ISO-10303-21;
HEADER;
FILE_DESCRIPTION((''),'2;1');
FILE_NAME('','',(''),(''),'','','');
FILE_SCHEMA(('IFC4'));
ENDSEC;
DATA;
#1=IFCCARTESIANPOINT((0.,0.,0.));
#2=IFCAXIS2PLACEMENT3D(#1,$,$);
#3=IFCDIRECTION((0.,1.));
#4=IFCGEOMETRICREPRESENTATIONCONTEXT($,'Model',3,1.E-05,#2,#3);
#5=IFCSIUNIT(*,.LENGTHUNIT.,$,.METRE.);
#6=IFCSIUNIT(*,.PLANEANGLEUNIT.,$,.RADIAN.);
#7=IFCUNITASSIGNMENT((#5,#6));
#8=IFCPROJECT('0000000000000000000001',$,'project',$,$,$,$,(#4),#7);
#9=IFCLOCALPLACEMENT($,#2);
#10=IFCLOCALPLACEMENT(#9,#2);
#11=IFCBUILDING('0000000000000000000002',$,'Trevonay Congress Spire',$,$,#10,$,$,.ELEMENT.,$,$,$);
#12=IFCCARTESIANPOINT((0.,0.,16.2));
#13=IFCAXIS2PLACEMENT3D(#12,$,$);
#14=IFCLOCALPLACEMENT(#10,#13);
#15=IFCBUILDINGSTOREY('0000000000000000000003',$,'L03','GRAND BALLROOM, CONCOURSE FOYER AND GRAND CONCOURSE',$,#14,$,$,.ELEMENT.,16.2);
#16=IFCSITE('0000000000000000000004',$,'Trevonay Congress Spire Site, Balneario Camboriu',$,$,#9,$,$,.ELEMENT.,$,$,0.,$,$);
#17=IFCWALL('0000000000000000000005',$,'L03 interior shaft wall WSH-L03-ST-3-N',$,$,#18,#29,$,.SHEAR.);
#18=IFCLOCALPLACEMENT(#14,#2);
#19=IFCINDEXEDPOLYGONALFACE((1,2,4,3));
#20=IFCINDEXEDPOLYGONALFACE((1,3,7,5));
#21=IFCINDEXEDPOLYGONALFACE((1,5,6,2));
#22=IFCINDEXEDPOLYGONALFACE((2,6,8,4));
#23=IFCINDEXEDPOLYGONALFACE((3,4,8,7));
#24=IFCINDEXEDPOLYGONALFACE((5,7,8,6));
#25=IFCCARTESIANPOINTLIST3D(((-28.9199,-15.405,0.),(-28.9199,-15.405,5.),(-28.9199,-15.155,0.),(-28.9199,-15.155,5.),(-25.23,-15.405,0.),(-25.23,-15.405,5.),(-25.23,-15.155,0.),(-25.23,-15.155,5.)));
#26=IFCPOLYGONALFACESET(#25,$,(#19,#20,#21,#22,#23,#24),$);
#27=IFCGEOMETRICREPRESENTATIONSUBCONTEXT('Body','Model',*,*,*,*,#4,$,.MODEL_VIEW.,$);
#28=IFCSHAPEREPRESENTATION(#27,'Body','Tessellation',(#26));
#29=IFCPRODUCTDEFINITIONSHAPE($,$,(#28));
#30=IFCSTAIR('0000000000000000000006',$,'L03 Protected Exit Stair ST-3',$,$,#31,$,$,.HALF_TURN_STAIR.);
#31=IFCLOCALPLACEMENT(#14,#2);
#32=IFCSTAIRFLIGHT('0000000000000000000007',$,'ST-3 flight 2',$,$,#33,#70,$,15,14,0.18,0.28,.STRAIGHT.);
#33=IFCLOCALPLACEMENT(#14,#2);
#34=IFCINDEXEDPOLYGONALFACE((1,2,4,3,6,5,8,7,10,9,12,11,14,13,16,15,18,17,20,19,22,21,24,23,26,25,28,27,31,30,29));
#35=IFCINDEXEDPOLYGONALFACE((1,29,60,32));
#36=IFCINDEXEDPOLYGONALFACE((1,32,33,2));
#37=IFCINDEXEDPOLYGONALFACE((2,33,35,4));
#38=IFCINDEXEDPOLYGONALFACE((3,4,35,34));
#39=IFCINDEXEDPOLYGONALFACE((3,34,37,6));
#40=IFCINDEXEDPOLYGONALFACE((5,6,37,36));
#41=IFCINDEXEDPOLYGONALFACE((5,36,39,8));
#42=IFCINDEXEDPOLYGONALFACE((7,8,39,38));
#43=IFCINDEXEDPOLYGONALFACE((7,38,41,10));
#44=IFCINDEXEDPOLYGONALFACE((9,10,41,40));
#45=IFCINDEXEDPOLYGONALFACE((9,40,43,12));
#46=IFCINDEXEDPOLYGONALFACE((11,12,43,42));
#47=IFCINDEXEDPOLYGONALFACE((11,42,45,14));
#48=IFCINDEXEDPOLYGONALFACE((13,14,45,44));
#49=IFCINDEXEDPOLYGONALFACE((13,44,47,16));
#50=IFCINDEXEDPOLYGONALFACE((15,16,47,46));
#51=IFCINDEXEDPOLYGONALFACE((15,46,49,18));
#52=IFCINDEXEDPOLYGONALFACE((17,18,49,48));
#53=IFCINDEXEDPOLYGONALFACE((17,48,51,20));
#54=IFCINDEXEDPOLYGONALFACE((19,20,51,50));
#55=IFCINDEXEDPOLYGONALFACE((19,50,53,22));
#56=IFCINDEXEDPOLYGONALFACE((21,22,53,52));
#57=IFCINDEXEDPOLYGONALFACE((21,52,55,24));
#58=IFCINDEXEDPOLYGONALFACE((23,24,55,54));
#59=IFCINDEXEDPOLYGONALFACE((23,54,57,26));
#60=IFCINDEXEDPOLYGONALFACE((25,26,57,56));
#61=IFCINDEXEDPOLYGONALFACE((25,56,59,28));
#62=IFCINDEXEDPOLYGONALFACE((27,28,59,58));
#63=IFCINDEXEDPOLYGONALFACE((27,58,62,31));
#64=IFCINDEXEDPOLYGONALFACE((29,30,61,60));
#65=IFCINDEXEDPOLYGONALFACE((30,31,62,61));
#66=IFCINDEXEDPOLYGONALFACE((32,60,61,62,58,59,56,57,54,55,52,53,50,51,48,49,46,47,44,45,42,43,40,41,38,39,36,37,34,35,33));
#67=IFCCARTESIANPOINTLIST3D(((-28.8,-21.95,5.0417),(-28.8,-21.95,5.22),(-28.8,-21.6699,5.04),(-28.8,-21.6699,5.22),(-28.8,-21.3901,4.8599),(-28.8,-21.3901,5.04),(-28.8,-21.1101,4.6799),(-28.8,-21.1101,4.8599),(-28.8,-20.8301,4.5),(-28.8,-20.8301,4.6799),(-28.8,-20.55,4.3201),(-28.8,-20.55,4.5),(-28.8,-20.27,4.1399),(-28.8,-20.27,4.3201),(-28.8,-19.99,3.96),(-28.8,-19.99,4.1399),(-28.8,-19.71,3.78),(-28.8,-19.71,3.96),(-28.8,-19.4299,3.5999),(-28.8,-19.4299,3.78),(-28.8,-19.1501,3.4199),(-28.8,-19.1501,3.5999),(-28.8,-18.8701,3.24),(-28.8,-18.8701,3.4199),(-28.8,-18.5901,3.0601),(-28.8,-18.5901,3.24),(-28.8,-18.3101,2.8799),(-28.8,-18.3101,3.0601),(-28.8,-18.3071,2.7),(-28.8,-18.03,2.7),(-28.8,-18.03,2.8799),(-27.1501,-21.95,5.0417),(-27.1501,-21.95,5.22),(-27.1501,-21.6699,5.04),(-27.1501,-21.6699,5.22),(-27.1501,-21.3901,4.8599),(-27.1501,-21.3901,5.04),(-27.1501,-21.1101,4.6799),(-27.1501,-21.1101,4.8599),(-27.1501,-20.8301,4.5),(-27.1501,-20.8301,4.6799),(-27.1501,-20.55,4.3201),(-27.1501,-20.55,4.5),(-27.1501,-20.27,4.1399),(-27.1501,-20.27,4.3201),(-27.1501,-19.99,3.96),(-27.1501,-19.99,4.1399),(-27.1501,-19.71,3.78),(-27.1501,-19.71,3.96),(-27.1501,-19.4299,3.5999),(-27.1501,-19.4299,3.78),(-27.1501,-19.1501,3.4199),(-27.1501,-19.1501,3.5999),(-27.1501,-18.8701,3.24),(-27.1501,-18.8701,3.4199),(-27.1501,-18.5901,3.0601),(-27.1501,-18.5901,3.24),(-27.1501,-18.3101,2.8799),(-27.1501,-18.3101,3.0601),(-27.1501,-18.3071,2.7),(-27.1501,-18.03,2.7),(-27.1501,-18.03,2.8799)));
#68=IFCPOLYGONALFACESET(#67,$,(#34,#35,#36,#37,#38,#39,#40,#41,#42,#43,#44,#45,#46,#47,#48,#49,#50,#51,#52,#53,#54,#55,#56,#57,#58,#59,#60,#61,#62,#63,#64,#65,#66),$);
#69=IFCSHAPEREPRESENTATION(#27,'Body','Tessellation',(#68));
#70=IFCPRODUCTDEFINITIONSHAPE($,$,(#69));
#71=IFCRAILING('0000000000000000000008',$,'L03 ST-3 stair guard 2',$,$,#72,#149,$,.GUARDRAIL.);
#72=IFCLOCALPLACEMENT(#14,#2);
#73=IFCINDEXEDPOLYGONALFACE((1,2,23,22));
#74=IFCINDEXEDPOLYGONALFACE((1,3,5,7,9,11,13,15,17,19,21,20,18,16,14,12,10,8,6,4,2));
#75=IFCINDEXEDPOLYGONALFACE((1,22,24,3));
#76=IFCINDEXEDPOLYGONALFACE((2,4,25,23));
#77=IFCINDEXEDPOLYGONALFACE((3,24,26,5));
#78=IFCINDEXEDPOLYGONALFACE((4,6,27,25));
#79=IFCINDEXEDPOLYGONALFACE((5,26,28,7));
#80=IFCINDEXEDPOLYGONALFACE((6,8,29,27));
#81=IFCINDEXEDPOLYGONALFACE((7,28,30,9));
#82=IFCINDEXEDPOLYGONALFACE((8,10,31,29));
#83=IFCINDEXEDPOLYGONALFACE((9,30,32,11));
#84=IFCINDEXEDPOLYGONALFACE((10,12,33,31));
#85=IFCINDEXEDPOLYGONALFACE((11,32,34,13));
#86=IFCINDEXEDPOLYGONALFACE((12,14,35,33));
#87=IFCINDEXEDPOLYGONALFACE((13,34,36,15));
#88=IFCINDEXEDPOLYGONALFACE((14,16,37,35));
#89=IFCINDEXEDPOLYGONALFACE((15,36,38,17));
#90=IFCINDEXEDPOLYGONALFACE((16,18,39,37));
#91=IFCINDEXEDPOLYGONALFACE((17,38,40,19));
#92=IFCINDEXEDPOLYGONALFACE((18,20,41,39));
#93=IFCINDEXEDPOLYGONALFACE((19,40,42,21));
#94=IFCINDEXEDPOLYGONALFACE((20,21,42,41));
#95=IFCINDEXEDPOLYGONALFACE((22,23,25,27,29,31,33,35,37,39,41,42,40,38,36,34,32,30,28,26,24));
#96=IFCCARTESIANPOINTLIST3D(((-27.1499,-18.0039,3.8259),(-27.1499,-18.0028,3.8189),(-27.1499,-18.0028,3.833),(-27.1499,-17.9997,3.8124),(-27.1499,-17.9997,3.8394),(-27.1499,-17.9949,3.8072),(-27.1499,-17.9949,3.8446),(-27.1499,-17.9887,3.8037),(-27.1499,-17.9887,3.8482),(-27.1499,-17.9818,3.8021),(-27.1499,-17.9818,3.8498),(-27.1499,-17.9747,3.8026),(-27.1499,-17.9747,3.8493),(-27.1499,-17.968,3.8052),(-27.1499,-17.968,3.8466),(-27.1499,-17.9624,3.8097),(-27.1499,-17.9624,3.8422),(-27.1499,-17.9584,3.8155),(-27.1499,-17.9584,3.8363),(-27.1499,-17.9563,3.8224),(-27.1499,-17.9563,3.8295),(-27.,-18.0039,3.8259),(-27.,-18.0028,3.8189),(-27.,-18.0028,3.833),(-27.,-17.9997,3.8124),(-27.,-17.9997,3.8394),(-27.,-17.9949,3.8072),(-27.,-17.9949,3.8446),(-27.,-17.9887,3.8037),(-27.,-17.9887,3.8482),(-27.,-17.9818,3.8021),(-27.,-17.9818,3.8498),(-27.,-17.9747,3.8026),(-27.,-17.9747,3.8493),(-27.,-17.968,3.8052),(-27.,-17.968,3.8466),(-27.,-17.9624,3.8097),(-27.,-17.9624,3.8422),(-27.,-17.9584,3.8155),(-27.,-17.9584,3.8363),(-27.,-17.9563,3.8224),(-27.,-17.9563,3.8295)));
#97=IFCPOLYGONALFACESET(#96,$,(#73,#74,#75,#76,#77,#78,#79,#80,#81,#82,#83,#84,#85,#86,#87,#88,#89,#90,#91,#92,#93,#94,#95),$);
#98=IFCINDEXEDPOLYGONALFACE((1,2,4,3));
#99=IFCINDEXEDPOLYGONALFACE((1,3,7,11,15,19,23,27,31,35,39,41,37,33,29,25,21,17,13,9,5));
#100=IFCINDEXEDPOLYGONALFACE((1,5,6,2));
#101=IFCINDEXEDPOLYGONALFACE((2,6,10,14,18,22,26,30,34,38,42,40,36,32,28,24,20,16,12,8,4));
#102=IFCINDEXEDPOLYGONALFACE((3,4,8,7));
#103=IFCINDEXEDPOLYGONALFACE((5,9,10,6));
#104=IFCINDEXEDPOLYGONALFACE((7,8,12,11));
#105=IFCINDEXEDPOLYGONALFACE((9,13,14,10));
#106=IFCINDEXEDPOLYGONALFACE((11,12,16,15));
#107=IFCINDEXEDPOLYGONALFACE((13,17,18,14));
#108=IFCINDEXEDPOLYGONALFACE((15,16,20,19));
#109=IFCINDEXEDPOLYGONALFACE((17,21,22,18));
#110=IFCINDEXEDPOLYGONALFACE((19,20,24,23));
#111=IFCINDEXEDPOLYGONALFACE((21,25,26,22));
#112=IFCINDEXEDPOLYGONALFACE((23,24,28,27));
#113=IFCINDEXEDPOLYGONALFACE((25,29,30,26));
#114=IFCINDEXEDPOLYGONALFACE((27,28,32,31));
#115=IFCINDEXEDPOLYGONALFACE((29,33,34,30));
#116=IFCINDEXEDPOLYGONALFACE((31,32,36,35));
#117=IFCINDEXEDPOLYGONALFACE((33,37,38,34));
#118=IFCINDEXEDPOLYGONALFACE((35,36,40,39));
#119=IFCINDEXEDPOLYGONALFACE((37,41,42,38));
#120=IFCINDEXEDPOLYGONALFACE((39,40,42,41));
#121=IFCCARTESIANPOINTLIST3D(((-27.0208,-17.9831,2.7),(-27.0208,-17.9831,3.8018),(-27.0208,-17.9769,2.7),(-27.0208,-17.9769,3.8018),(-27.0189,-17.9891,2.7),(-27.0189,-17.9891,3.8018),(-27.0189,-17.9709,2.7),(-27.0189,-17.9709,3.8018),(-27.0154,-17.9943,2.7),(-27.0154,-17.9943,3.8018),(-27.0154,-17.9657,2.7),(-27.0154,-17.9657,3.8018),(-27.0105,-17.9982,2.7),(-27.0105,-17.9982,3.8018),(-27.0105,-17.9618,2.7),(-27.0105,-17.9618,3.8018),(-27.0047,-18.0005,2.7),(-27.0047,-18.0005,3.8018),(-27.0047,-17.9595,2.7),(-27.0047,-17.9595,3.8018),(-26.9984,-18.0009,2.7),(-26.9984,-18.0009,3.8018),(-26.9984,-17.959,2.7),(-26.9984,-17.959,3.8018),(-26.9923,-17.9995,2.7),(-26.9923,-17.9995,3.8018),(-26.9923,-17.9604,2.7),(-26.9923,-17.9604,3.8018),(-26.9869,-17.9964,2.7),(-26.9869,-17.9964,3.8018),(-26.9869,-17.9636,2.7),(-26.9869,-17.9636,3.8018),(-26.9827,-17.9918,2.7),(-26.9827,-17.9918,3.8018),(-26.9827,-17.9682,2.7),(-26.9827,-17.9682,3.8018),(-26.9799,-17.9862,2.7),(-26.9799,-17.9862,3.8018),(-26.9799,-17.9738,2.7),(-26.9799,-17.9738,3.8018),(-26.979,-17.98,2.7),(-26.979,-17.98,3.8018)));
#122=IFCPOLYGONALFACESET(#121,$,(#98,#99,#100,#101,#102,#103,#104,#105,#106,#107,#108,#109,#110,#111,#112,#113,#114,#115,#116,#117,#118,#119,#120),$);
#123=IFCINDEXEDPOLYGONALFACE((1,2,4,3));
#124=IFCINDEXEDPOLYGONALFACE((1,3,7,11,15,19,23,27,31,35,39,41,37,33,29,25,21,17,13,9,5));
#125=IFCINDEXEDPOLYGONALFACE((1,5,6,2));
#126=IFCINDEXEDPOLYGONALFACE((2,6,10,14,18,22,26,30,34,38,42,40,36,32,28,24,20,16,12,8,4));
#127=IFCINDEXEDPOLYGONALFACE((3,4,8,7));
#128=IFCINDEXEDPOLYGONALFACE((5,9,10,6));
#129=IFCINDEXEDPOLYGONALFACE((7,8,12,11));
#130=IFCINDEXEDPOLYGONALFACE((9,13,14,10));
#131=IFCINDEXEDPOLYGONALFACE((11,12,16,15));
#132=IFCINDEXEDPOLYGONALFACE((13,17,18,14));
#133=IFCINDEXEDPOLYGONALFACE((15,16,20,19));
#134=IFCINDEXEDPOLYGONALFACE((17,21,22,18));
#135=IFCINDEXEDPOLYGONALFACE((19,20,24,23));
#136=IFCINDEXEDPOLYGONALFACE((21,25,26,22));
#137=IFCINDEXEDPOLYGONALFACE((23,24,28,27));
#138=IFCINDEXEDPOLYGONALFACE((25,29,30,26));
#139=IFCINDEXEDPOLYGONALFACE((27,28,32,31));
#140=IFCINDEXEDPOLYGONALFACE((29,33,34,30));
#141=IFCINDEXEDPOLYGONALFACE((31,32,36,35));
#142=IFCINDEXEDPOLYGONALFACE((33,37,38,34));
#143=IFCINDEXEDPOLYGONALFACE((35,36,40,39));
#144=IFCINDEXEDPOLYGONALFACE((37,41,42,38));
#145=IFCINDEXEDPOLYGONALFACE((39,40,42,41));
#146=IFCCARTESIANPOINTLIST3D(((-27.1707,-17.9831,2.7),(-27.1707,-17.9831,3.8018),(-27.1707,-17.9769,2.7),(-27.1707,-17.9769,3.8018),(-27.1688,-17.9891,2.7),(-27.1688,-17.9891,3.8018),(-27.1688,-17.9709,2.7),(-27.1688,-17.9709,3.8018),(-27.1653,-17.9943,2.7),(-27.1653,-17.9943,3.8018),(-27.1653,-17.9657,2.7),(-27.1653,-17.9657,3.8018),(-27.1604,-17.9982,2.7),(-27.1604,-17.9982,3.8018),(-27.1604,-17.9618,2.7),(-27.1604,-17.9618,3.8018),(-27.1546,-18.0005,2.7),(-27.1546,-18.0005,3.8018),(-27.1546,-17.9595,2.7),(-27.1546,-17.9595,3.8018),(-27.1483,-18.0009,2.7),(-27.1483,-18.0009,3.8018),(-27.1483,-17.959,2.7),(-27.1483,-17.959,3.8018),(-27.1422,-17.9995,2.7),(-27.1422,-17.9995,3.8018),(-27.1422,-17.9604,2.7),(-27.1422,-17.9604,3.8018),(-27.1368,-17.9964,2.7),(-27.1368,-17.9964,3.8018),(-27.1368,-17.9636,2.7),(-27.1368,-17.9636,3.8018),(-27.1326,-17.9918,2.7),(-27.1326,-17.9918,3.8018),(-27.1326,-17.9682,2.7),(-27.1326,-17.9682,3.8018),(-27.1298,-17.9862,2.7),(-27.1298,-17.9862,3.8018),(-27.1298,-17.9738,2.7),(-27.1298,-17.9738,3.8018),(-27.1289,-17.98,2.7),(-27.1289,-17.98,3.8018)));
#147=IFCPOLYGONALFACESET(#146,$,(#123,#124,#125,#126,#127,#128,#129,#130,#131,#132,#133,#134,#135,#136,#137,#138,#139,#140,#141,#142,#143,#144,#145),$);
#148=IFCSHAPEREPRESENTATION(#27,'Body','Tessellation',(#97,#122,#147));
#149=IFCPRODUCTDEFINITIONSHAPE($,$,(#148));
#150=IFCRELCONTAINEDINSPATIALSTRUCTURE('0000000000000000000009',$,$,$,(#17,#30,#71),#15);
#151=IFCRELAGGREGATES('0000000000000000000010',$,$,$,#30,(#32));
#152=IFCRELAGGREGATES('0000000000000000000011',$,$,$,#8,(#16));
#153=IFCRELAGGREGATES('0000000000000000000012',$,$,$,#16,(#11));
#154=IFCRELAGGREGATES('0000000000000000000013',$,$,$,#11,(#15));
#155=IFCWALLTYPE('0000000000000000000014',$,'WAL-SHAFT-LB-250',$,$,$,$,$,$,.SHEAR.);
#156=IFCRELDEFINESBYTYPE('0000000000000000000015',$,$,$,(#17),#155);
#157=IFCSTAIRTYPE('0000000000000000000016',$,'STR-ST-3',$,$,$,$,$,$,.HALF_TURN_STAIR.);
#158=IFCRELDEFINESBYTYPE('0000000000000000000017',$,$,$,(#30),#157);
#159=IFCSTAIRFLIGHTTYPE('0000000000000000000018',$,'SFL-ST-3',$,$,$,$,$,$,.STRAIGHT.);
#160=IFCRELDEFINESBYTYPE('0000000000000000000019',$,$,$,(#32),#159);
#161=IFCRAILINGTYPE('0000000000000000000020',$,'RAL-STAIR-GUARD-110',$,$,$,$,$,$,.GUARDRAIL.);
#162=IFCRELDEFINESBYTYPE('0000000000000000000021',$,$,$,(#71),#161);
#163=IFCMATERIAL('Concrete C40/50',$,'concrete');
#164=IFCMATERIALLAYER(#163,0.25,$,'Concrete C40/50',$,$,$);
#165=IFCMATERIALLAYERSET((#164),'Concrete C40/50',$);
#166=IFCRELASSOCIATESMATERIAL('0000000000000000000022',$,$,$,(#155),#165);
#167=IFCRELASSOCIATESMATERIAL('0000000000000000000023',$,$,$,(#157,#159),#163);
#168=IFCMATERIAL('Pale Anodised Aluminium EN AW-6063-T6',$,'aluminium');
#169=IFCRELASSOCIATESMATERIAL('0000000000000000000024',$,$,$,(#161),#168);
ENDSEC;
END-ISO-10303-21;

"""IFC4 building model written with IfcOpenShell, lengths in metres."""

from ifc_helpers import new_model, si_unit, direction, frame, frame_2d, origin, origin_2d, place, context, subcontext, project, spatial, polyline, rectangle, circle, outline, extrude, material, layer, layer_set, type_object, element, aggregate, save


model = new_model("IFC4")

# Units and contexts
model_context = context("Model", 3, precision=1e-05, world=origin(), true_north=direction((0.0, 1.0)))
body_context = subcontext(model_context, "Body", "Model", "MODEL_VIEW")
ifc_project = project(units=[si_unit("LENGTHUNIT", "METRE"), si_unit("PLANEANGLEUNIT", "RADIAN")], contexts=[model_context])

# Site, building, storey
site_placement = place(None, origin())
site = spatial("IfcSite", under=ifc_project, at=site_placement, Name="Trevonay Congress Spire Site, Balneario Camboriu", CompositionType="ELEMENT", RefElevation=0.0)
building_placement = place(site_placement, origin())
building = spatial("IfcBuilding", under=site, at=building_placement, Name="Trevonay Congress Spire", CompositionType="ELEMENT")
storey_placement = place(building_placement, frame((0.0, 0.0, 16.2)))
storey = spatial("IfcBuildingStorey", under=building, at=storey_placement, Name="L03", Description="GRAND BALLROOM, CONCOURSE FOYER AND GRAND CONCOURSE", CompositionType="ELEMENT", Elevation=16.2)

# Shared definitions
ifc_material_1 = material(Name="Pale Anodised Aluminium EN AW-6063-T6", Category="aluminium")

# Wall
ifc_material_2 = material(Name="Concrete C40/50", Category="concrete")
ifc_layer_1 = layer(ifc_material_2, 0.25, Name="Concrete C40/50")
ifc_layer_set_1 = layer_set([ifc_layer_1], Name="Concrete C40/50")
wall_type = type_object("IfcWallType", Name="WAL-SHAFT-LB-250", PredefinedType="SHEAR", material=ifc_layer_set_1)
wall_placement = place(storey_placement, frame((-28.9199, -15.28, 0.0), z_axis=(0.0, 0.0, 1.0), x_axis=(1.0, 0.0, 0.0)))
element("IfcWall", 1, at=wall_placement, inside=storey, type_object=wall_type, Name="L03 interior shaft wall WSH-L03-ST-3-N", PredefinedType="SHEAR", context=body_context, shape_type="SweptSolid", body=[
    extrude(rectangle(XDim=3.6899, YDim=0.25, at=frame_2d((1.845, 0.0))), origin(), (0.0, 0.0, 1.0), 5.0),
])

# Stair, stair flight
stair_type = type_object("IfcStairType", Name="STR-ST-3", PredefinedType="HALF_TURN_STAIR", material=ifc_material_2)
stair_placement = place(storey_placement, origin())
stair = element("IfcStair", 2, at=stair_placement, inside=storey, type_object=stair_type, Name="L03 Protected Exit Stair ST-3", PredefinedType="HALF_TURN_STAIR")
stair_flight_type = type_object("IfcStairFlightType", Name="SFL-ST-3", PredefinedType="STRAIGHT", material=ifc_material_2)
stair_flight_placement = place(storey_placement, frame((-27.9751, -18.03, 2.7), z_axis=(0.0, 0.0, 1.0), x_axis=(0.0, -1.0, 0.0)))
stair_flight = element("IfcStairFlight", 3, at=stair_flight_placement, type_object=stair_flight_type, Name="ST-3 flight 2", NumberOfRisers=15, NumberOfTreads=14, PredefinedType="STRAIGHT", RiserHeight=0.18, TreadLength=0.28, context=body_context, shape_type="SweptSolid", body=[
    extrude(outline(polyline([(0.0, 0.0), (0.0, 0.1799), (0.28, 0.1799), (0.28, 0.3601), (0.5601, 0.3601), (0.5601, 0.54), (0.8401, 0.54), (0.8401, 0.72), (1.1201, 0.72), (1.1201, 0.8999), (1.3999, 0.8999), (1.3999, 1.0801), (1.6799, 1.0801), (1.6799, 1.26), (1.96, 1.26), (1.96, 1.4399), (2.24, 1.4399), (2.24, 1.6201), (2.52, 1.6201), (2.52, 1.8), (2.8, 1.8), (2.8, 1.98), (3.0801, 1.98), (3.0801, 2.1599), (3.3601, 2.1599), (3.3601, 2.3401), (3.6399, 2.3401), (3.6399, 2.52), (3.9199, 2.52), (3.9199, 2.7), (3.9199, 2.3418), (0.2771, 0.0), (0.0, 0.0)])), frame((0.0, 0.825, 0.0), z_axis=(0.0, -1.0, 0.0), x_axis=(1.0, 0.0, 0.0)), (0.0, 0.0, 1.0), 1.6499),
])
aggregate(stair, [stair_flight])

# Railing
railing_type = type_object("IfcRailingType", Name="RAL-STAIR-GUARD-110", PredefinedType="GUARDRAIL", material=ifc_material_1)
railing_1_placement = place(storey_placement, frame((-27.0, -17.98, 2.7)))
element("IfcRailing", 4, at=railing_1_placement, inside=storey, type_object=railing_type, Name="L03 ST-3 stair guard 2", PredefinedType="GUARDRAIL", context=body_context, shape_type="SweptSolid", body=[
    extrude(circle(Radius=0.0239, at=origin_2d()), frame((0.0, 0.0, 1.126), z_axis=(-1.0, 0.0, 0.0), x_axis=(0.0, -1.0, 0.0)), (0.0, 0.0, 1.0), 0.1499),
    extrude(circle(Radius=0.021, at=origin_2d()), origin(), (0.0, 0.0, 1.0), 1.1018),
    extrude(circle(Radius=0.021, at=origin_2d()), frame((-0.1499, 0.0, 0.0)), (0.0, 0.0, 1.0), 1.1018),
])

save(model, "model.ifc")
